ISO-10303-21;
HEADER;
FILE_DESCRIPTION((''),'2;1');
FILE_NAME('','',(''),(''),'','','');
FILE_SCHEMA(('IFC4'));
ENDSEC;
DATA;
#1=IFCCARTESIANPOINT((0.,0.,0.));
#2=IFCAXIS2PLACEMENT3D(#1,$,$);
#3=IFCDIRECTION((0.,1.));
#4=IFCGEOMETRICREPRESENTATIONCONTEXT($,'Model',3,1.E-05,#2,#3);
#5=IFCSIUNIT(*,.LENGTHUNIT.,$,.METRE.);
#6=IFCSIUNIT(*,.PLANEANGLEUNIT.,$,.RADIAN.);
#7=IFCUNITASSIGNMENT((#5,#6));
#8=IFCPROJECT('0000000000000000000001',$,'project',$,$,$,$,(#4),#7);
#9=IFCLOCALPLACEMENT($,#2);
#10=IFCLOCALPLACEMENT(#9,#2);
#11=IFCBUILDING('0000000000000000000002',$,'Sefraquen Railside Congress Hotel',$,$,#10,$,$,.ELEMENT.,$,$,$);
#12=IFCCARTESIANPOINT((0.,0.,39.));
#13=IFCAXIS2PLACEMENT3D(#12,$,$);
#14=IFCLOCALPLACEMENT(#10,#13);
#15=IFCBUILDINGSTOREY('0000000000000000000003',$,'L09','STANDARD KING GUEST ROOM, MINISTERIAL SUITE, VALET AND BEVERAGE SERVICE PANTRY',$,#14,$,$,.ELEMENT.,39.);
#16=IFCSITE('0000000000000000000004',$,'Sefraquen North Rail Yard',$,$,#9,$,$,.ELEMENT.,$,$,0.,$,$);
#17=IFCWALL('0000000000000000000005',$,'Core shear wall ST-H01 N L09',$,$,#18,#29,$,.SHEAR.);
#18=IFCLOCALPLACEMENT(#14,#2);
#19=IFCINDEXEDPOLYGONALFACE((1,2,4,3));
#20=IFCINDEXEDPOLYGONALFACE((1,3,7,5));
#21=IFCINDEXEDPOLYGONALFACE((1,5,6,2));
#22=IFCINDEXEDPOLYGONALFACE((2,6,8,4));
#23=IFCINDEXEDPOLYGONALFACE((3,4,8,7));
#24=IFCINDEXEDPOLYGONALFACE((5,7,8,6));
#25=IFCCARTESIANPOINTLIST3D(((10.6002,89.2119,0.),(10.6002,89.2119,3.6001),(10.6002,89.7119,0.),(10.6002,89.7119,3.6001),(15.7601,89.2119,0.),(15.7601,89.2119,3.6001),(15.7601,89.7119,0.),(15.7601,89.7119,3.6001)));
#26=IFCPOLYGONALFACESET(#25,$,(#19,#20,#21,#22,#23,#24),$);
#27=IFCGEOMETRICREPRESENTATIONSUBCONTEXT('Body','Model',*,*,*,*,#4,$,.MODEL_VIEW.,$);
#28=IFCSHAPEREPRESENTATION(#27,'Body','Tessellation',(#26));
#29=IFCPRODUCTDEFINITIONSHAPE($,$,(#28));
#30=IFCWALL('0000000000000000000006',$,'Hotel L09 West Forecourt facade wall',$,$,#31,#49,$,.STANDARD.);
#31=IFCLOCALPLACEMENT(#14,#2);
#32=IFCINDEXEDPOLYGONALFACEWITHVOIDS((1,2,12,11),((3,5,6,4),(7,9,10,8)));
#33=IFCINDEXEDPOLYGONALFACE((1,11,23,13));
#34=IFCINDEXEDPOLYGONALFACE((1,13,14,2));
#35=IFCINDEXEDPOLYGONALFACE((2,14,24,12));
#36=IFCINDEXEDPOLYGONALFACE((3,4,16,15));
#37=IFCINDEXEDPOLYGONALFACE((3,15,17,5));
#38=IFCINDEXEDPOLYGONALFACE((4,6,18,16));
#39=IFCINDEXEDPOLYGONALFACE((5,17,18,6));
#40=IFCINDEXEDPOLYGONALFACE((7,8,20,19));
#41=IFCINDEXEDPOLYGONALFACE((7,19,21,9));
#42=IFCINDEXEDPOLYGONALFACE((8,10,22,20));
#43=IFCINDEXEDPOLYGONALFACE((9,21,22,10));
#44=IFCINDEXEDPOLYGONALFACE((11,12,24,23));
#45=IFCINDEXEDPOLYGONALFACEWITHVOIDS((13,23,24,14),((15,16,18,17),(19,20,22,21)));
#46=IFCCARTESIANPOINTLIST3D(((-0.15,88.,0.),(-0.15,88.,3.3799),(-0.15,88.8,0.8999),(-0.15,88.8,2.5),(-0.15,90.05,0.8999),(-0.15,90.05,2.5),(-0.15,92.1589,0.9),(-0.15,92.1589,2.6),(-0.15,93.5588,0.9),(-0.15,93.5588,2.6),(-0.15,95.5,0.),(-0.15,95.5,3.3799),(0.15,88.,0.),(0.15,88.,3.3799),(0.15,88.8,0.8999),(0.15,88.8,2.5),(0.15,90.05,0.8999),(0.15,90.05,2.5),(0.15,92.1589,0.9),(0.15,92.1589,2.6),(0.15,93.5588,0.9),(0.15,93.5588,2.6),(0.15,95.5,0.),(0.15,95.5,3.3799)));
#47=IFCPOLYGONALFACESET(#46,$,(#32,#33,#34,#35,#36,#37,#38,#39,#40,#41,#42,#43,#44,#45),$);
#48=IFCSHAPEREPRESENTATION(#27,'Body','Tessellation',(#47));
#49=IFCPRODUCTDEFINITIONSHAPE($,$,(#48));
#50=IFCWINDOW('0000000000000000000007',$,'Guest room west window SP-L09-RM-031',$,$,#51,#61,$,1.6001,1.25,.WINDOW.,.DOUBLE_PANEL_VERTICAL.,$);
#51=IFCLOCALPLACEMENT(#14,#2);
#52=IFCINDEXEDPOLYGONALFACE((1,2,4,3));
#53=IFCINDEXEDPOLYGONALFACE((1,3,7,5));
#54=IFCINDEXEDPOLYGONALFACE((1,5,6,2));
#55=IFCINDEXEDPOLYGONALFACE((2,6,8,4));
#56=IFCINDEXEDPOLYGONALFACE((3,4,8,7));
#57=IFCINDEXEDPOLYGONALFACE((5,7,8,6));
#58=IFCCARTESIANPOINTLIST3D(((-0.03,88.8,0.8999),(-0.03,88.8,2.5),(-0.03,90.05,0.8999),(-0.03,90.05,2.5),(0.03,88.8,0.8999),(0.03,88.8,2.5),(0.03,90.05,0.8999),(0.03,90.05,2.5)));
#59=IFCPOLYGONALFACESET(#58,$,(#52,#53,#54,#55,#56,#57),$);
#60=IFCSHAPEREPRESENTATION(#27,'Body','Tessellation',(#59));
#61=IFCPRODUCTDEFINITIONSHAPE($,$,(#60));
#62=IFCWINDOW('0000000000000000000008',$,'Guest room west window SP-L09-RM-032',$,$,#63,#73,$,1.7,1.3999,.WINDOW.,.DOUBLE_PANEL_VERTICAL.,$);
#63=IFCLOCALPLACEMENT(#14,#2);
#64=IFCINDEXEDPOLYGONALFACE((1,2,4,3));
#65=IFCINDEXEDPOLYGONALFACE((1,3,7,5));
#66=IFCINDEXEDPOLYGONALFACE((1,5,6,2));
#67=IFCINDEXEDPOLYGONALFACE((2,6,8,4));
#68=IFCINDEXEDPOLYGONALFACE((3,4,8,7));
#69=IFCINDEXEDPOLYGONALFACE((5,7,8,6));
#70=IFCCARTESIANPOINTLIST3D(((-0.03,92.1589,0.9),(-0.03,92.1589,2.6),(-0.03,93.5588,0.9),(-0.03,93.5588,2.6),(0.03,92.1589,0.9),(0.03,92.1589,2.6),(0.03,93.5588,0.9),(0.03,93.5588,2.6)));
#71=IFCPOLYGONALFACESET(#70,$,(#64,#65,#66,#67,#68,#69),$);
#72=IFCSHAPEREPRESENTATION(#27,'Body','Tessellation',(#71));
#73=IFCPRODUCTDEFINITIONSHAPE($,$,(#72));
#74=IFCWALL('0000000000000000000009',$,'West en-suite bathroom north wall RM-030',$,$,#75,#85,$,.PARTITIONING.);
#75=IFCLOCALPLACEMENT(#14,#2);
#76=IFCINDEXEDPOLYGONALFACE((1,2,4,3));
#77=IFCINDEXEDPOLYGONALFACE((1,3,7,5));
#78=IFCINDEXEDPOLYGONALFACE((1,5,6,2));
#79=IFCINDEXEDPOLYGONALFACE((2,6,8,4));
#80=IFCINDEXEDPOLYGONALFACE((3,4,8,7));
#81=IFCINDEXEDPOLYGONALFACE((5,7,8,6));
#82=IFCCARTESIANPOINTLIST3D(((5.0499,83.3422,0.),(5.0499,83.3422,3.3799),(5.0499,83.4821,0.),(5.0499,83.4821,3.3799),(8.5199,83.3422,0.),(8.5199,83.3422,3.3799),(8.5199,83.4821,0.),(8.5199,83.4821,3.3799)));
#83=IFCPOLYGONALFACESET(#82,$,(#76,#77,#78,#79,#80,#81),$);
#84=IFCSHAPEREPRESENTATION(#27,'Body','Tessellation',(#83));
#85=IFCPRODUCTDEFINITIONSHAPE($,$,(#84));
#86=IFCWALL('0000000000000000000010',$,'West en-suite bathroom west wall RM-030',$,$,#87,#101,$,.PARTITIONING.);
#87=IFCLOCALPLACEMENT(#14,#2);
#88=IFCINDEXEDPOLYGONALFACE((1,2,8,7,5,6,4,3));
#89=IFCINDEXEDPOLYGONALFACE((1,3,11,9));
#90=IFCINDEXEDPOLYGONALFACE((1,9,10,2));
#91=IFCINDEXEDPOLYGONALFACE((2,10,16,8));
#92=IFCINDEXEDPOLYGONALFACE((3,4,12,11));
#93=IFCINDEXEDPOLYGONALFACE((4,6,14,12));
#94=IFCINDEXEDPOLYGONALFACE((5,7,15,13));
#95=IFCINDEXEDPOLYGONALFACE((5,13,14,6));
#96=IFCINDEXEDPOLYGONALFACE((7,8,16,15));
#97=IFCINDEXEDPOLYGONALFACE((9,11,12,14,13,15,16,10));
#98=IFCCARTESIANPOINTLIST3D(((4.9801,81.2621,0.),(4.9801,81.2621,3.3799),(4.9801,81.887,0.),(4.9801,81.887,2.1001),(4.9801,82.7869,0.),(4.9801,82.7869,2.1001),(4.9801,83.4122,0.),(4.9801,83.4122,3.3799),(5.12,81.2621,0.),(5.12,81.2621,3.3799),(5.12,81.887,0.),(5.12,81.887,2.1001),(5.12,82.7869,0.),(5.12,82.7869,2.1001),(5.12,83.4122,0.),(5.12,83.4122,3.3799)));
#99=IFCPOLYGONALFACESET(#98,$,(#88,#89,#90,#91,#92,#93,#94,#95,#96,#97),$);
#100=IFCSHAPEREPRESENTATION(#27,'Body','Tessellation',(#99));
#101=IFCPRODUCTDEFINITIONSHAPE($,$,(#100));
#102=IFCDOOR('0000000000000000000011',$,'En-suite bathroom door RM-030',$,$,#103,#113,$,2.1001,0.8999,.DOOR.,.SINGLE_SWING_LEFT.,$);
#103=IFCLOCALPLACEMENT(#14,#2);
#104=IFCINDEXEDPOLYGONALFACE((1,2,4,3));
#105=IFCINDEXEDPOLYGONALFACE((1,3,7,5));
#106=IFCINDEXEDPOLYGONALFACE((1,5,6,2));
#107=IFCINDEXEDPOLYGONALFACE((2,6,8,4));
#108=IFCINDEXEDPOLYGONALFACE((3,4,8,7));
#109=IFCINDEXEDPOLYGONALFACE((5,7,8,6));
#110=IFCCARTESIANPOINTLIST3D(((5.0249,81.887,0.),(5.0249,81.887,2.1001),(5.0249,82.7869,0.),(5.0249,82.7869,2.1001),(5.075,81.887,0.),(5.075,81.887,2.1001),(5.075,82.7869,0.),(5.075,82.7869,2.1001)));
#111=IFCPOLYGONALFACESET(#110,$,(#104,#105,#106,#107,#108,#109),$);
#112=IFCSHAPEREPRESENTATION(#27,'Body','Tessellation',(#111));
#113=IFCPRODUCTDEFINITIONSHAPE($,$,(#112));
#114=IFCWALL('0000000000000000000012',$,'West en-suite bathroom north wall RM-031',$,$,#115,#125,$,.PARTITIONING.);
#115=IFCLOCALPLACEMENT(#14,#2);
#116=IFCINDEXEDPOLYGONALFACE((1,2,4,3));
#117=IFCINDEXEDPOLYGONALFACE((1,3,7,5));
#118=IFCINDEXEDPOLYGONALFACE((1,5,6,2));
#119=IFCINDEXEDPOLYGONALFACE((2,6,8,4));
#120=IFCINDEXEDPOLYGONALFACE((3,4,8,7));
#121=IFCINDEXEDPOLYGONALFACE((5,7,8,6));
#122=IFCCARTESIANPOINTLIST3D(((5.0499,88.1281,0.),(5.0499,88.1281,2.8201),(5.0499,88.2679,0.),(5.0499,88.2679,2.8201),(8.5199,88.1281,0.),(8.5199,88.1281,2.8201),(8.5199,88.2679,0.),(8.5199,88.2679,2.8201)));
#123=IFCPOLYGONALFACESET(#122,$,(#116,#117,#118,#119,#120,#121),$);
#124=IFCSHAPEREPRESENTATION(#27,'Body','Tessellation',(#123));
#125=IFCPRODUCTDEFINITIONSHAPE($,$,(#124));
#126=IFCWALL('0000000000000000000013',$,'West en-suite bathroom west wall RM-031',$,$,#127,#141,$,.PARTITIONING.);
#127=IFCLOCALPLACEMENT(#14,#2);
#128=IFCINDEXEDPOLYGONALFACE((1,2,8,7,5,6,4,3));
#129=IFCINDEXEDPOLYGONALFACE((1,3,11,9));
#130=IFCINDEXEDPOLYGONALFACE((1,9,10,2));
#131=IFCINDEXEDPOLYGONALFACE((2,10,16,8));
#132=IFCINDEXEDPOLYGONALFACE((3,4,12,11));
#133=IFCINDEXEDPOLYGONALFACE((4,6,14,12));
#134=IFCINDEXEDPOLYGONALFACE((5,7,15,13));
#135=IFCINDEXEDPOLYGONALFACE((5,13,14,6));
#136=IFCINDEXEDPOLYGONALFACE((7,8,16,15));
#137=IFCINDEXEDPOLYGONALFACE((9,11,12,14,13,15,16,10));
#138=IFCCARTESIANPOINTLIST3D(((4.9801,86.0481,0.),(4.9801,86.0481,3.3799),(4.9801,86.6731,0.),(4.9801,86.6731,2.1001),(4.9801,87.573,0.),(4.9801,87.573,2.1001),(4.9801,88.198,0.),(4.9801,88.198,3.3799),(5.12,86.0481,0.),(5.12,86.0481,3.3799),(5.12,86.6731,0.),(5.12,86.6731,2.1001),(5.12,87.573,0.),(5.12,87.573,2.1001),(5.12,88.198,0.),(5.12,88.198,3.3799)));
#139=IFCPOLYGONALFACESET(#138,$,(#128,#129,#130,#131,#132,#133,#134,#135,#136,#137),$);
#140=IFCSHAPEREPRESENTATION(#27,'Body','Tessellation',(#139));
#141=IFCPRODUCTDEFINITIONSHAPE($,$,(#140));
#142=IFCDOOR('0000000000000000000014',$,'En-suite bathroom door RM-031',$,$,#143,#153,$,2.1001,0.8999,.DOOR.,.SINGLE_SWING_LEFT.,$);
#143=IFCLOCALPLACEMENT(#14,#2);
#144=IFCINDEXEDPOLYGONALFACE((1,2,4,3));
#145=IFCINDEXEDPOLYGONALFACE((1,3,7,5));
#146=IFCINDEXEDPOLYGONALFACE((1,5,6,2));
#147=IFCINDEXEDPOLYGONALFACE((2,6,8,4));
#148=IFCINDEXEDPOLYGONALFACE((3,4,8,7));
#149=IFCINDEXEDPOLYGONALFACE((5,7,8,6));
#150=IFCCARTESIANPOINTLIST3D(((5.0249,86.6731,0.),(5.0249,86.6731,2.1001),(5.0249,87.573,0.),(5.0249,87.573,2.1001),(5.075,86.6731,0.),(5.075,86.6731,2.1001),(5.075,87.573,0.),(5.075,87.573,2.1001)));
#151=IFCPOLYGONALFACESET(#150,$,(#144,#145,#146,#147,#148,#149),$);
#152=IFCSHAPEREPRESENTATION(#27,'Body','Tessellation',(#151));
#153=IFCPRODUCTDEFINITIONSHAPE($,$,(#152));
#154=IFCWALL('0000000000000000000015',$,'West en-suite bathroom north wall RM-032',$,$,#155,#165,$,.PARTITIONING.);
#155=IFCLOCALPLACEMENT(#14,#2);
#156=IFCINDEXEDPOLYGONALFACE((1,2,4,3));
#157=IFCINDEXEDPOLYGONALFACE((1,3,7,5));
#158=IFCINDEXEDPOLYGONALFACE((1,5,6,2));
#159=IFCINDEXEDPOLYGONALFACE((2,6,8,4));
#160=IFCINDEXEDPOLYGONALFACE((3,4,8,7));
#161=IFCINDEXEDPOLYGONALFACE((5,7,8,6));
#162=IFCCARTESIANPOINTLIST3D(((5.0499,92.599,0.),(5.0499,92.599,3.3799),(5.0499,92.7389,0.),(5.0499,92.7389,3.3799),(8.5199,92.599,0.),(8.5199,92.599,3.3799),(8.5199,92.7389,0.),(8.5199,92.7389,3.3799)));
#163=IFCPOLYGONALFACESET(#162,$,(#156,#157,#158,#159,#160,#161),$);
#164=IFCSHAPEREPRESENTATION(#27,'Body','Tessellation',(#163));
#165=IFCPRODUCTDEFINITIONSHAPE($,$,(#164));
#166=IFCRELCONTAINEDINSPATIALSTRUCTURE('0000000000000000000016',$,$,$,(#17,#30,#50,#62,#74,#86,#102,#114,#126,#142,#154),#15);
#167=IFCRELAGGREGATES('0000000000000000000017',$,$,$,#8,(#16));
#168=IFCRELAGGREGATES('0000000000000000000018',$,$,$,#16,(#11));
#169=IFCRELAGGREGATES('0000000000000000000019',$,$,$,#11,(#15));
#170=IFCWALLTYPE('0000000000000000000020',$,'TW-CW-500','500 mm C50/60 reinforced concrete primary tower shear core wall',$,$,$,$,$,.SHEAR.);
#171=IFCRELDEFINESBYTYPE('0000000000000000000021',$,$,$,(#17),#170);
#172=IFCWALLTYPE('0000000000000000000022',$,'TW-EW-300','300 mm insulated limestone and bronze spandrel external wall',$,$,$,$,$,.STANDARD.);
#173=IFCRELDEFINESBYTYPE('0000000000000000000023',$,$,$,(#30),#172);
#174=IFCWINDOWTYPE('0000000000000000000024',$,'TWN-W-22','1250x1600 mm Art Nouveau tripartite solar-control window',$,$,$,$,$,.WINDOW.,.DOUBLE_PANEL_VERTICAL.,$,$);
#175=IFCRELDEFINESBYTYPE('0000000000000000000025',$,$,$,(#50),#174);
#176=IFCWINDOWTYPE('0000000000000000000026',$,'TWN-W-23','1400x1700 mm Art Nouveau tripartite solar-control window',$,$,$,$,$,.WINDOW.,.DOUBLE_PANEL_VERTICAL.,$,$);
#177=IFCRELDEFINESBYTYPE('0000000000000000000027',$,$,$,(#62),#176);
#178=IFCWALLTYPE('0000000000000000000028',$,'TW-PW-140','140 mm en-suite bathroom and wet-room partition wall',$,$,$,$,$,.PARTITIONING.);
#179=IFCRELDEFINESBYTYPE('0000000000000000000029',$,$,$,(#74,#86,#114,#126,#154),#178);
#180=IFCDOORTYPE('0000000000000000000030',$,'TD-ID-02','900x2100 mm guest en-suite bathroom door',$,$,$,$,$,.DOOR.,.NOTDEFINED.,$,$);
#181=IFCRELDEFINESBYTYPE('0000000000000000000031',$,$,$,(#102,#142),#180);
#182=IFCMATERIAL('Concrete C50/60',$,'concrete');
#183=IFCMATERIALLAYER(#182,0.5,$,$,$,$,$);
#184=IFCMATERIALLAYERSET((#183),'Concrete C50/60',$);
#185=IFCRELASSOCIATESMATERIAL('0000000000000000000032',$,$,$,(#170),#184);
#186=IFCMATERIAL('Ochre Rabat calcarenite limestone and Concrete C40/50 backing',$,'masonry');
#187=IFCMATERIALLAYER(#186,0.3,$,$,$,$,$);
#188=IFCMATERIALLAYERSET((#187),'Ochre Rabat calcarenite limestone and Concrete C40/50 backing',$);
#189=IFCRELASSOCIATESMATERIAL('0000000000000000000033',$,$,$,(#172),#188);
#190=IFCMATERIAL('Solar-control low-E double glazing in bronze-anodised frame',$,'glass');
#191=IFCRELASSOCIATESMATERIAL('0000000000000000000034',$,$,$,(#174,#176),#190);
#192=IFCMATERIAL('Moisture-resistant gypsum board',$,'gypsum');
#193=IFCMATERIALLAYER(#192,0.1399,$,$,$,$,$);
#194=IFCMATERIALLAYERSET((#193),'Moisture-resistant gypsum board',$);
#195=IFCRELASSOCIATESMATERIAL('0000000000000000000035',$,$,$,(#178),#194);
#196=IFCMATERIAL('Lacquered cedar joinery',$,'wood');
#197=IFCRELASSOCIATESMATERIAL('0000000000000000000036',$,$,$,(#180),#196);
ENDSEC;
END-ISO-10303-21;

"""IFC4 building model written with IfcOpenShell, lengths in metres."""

from ifc_helpers import new_model, si_unit, direction, frame, frame_2d, origin, place, context, subcontext, project, spatial, rectangle, extrude, material, layer, layer_set, type_object, element, fill, save


model = new_model("IFC4")

# Units and contexts
model_context = context("Model", 3, precision=1e-05, world=origin(), true_north=direction((0.0, 1.0)))
body_context = subcontext(model_context, "Body", "Model", "MODEL_VIEW")
ifc_project = project(units=[si_unit("LENGTHUNIT", "METRE"), si_unit("PLANEANGLEUNIT", "RADIAN")], contexts=[model_context])

# Site, building, storey
site_placement = place(None, origin())
site = spatial("IfcSite", under=ifc_project, at=site_placement, Name="Sefraquen North Rail Yard", CompositionType="ELEMENT", RefElevation=0.0)
building_placement = place(site_placement, origin())
building = spatial("IfcBuilding", under=site, at=building_placement, Name="Sefraquen Railside Congress Hotel", CompositionType="ELEMENT")
storey_placement = place(building_placement, frame((0.0, 0.0, 39.0)))
storey = spatial("IfcBuildingStorey", under=building, at=storey_placement, Name="L09", Description="STANDARD KING GUEST ROOM, MINISTERIAL SUITE, VALET AND BEVERAGE SERVICE PANTRY", CompositionType="ELEMENT", Elevation=39.0)

# Wall
ifc_material_1 = material(Name="Concrete C50/60", Category="concrete")
ifc_layer_1 = layer(ifc_material_1, 0.5)
ifc_layer_set_1 = layer_set([ifc_layer_1], Name="Concrete C50/60")
wall_type_1 = type_object("IfcWallType", Name="TW-CW-500", Description="500 mm C50/60 reinforced concrete primary tower shear core wall", PredefinedType="SHEAR", material=ifc_layer_set_1)
wall_1_placement = place(storey_placement, frame((10.6001, 89.4619, 0.0), z_axis=(0.0, 0.0, 1.0), x_axis=(1.0, 0.0, 0.0)))
element("IfcWall", 1, at=wall_1_placement, inside=storey, type_object=wall_type_1, Name="Core shear wall ST-H01 N L09", PredefinedType="SHEAR", context=body_context, shape_type="SweptSolid", body=[
    extrude(rectangle(XDim=5.1599, YDim=0.5, at=frame_2d((2.5801, 0.0))), origin(), (0.0, 0.0, 1.0), 3.6001),
])

# Wall, openings, windows
ifc_material_2 = material(Name="Ochre Rabat calcarenite limestone and Concrete C40/50 backing", Category="masonry")
ifc_layer_2 = layer(ifc_material_2, 0.3)
ifc_layer_set_2 = layer_set([ifc_layer_2], Name="Ochre Rabat calcarenite limestone and Concrete C40/50 backing")
wall_type_2 = type_object("IfcWallType", Name="TW-EW-300", Description="300 mm insulated limestone and bronze spandrel external wall", PredefinedType="STANDARD", material=ifc_layer_set_2)
wall_2_placement = place(storey_placement, frame((0.0, 88.0, 0.0), z_axis=(0.0, 0.0, 1.0), x_axis=(0.0, 1.0, 0.0)))
wall_2 = element("IfcWall", 2, at=wall_2_placement, inside=storey, type_object=wall_type_2, Name="Hotel L09 West Forecourt facade wall", PredefinedType="STANDARD", context=body_context, shape_type="SweptSolid", body=[
    extrude(rectangle(XDim=7.5, YDim=0.3, at=frame_2d((3.75, 0.0))), origin(), (0.0, 0.0, 1.0), 3.3799),
])
opening_1_placement = place(wall_2_placement, frame((0.8, 0.0, 0.8999)))
opening_1 = element("IfcOpeningElement", 3, at=opening_1_placement, cuts=wall_2, PredefinedType="OPENING", context=body_context, shape_type="SweptSolid", body=[
    extrude(rectangle(XDim=1.25, YDim=1.6001, at=frame_2d((0.625, 0.8))), frame((0.0, 0.1599, 0.0), z_axis=(0.0, -1.0, 0.0), x_axis=(1.0, 0.0, 0.0)), (0.0, 0.0, 1.0), 0.3201),
])
opening_2_placement = place(wall_2_placement, frame((4.1589, 0.0, 0.8999)))
opening_2 = element("IfcOpeningElement", 4, at=opening_2_placement, cuts=wall_2, PredefinedType="OPENING", context=body_context, shape_type="SweptSolid", body=[
    extrude(rectangle(XDim=1.3999, YDim=1.7, at=frame_2d((0.7, 0.8501))), frame((0.0, 0.1599, 0.0), z_axis=(0.0, -1.0, 0.0), x_axis=(1.0, 0.0, 0.0)), (0.0, 0.0, 1.0), 0.3201),
])
ifc_material_3 = material(Name="Solar-control low-E double glazing in bronze-anodised frame", Category="glass")
window_type_1 = type_object("IfcWindowType", Name="TWN-W-22", Description="1250x1600 mm Art Nouveau tripartite solar-control window", PartitioningType="DOUBLE_PANEL_VERTICAL", PredefinedType="WINDOW", material=ifc_material_3)
window_1_placement = place(opening_1_placement, origin())
window_1 = element("IfcWindow", 5, at=window_1_placement, inside=storey, type_object=window_type_1, Name="Guest room west window SP-L09-RM-031", OverallHeight=1.6001, OverallWidth=1.25, PartitioningType="DOUBLE_PANEL_VERTICAL", PredefinedType="WINDOW", context=body_context, shape_type="SweptSolid", body=[
    extrude(rectangle(XDim=1.25, YDim=1.6001, at=frame_2d((0.625, 0.8))), frame((0.0, 0.03, 0.0), z_axis=(0.0, -1.0, 0.0), x_axis=(1.0, 0.0, 0.0)), (0.0, 0.0, 1.0), 0.0601),
])
fill(opening_1, window_1)
window_type_2 = type_object("IfcWindowType", Name="TWN-W-23", Description="1400x1700 mm Art Nouveau tripartite solar-control window", PartitioningType="DOUBLE_PANEL_VERTICAL", PredefinedType="WINDOW", material=ifc_material_3)
window_2_placement = place(opening_2_placement, origin())
window_2 = element("IfcWindow", 6, at=window_2_placement, inside=storey, type_object=window_type_2, Name="Guest room west window SP-L09-RM-032", OverallHeight=1.7, OverallWidth=1.3999, PartitioningType="DOUBLE_PANEL_VERTICAL", PredefinedType="WINDOW", context=body_context, shape_type="SweptSolid", body=[
    extrude(rectangle(XDim=1.3999, YDim=1.7, at=frame_2d((0.7, 0.8501))), frame((0.0, 0.03, 0.0), z_axis=(0.0, -1.0, 0.0), x_axis=(1.0, 0.0, 0.0)), (0.0, 0.0, 1.0), 0.0601),
])
fill(opening_2, window_2)

# Wall
ifc_material_4 = material(Name="Moisture-resistant gypsum board", Category="gypsum")
ifc_layer_3 = layer(ifc_material_4, 0.1399)
ifc_layer_set_3 = layer_set([ifc_layer_3], Name="Moisture-resistant gypsum board")
wall_type_3 = type_object("IfcWallType", Name="TW-PW-140", Description="140 mm en-suite bathroom and wet-room partition wall", PredefinedType="PARTITIONING", material=ifc_layer_set_3)
wall_3_placement = place(storey_placement, frame((5.05, 83.4121, 0.0), z_axis=(0.0, 0.0, 1.0), x_axis=(1.0, 0.0, 0.0)))
element("IfcWall", 7, at=wall_3_placement, inside=storey, type_object=wall_type_3, Name="West en-suite bathroom north wall RM-030", PredefinedType="PARTITIONING", context=body_context, shape_type="SweptSolid", body=[
    extrude(rectangle(XDim=3.47, YDim=0.1399, at=frame_2d((1.7349, 0.0))), origin(), (0.0, 0.0, 1.0), 3.3799),
])

# Wall, opening, door
wall_4_placement = place(storey_placement, frame((5.05, 81.262, 0.0), z_axis=(0.0, 0.0, 1.0), x_axis=(0.0, 1.0, 0.0)))
wall_4 = element("IfcWall", 8, at=wall_4_placement, inside=storey, type_object=wall_type_3, Name="West en-suite bathroom west wall RM-030", PredefinedType="PARTITIONING", context=body_context, shape_type="SweptSolid", body=[
    extrude(rectangle(XDim=2.1501, YDim=0.1399, at=frame_2d((1.0752, 0.0))), origin(), (0.0, 0.0, 1.0), 3.3799),
])
opening_3_placement = place(wall_4_placement, frame((0.625, 0.0, 0.0)))
opening_3 = element("IfcOpeningElement", 9, at=opening_3_placement, cuts=wall_4, PredefinedType="OPENING", context=body_context, shape_type="SweptSolid", body=[
    extrude(rectangle(XDim=0.8999, YDim=2.1001, at=frame_2d((0.45, 1.05))), frame((0.0, 0.0798, 0.0), z_axis=(0.0, -1.0, 0.0), x_axis=(1.0, 0.0, 0.0)), (0.0, 0.0, 1.0), 0.1599),
])
ifc_material_5 = material(Name="Lacquered cedar joinery", Category="wood")
door_type = type_object("IfcDoorType", Name="TD-ID-02", Description="900x2100 mm guest en-suite bathroom door", OperationType="NOTDEFINED", PredefinedType="DOOR", material=ifc_material_5)
door_1_placement = place(opening_3_placement, frame((0.8999, 0.0, 0.0), z_axis=(0.0, 0.0, 1.0), x_axis=(-1.0, 0.0, 0.0)))
door_1 = element("IfcDoor", 10, at=door_1_placement, inside=storey, type_object=door_type, Name="En-suite bathroom door RM-030", OperationType="SINGLE_SWING_LEFT", OverallHeight=2.1001, OverallWidth=0.8999, PredefinedType="DOOR", context=body_context, shape_type="SweptSolid", body=[
    extrude(rectangle(XDim=0.8999, YDim=2.1001, at=frame_2d((0.45, 1.05))), frame((0.0, 0.0249, 0.0), z_axis=(0.0, -1.0, 0.0), x_axis=(1.0, 0.0, 0.0)), (0.0, 0.0, 1.0), 0.05),
])
fill(opening_3, door_1)

# Wall
wall_5_placement = place(storey_placement, frame((5.05, 88.198, 0.0), z_axis=(0.0, 0.0, 1.0), x_axis=(1.0, 0.0, 0.0)))
element("IfcWall", 11, at=wall_5_placement, inside=storey, type_object=wall_type_3, Name="West en-suite bathroom north wall RM-031", PredefinedType="PARTITIONING", context=body_context, shape_type="SweptSolid", body=[
    extrude(rectangle(XDim=3.47, YDim=0.1399, at=frame_2d((1.7349, 0.0))), origin(), (0.0, 0.0, 1.0), 2.8201),
])

# Wall, opening, door
wall_6_placement = place(storey_placement, frame((5.05, 86.0481, 0.0), z_axis=(0.0, 0.0, 1.0), x_axis=(0.0, 1.0, 0.0)))
wall_6 = element("IfcWall", 12, at=wall_6_placement, inside=storey, type_object=wall_type_3, Name="West en-suite bathroom west wall RM-031", PredefinedType="PARTITIONING", context=body_context, shape_type="SweptSolid", body=[
    extrude(rectangle(XDim=2.1499, YDim=0.1399, at=frame_2d((1.075, 0.0))), origin(), (0.0, 0.0, 1.0), 3.3799),
])
opening_4_placement = place(wall_6_placement, frame((0.625, 0.0, 0.0)))
opening_4 = element("IfcOpeningElement", 13, at=opening_4_placement, cuts=wall_6, PredefinedType="OPENING", context=body_context, shape_type="SweptSolid", body=[
    extrude(rectangle(XDim=0.8999, YDim=2.1001, at=frame_2d((0.45, 1.05))), frame((0.0, 0.0798, 0.0), z_axis=(0.0, -1.0, 0.0), x_axis=(1.0, 0.0, 0.0)), (0.0, 0.0, 1.0), 0.1599),
])
door_2_placement = place(opening_4_placement, frame((0.8999, 0.0, 0.0), z_axis=(0.0, 0.0, 1.0), x_axis=(-1.0, 0.0, 0.0)))
door_2 = element("IfcDoor", 14, at=door_2_placement, inside=storey, type_object=door_type, Name="En-suite bathroom door RM-031", OperationType="SINGLE_SWING_LEFT", OverallHeight=2.1001, OverallWidth=0.8999, PredefinedType="DOOR", context=body_context, shape_type="SweptSolid", body=[
    extrude(rectangle(XDim=0.8999, YDim=2.1001, at=frame_2d((0.45, 1.05))), frame((0.0, 0.0249, 0.0), z_axis=(0.0, -1.0, 0.0), x_axis=(1.0, 0.0, 0.0)), (0.0, 0.0, 1.0), 0.05),
])
fill(opening_4, door_2)

# Wall
wall_7_placement = place(storey_placement, frame((5.05, 92.6689, 0.0), z_axis=(0.0, 0.0, 1.0), x_axis=(1.0, 0.0, 0.0)))
element("IfcWall", 15, at=wall_7_placement, inside=storey, type_object=wall_type_3, Name="West en-suite bathroom north wall RM-032", PredefinedType="PARTITIONING", context=body_context, shape_type="SweptSolid", body=[
    extrude(rectangle(XDim=3.47, YDim=0.1399, at=frame_2d((1.7349, 0.0))), origin(), (0.0, 0.0, 1.0), 3.3799),
])

save(model, "model.ifc")
